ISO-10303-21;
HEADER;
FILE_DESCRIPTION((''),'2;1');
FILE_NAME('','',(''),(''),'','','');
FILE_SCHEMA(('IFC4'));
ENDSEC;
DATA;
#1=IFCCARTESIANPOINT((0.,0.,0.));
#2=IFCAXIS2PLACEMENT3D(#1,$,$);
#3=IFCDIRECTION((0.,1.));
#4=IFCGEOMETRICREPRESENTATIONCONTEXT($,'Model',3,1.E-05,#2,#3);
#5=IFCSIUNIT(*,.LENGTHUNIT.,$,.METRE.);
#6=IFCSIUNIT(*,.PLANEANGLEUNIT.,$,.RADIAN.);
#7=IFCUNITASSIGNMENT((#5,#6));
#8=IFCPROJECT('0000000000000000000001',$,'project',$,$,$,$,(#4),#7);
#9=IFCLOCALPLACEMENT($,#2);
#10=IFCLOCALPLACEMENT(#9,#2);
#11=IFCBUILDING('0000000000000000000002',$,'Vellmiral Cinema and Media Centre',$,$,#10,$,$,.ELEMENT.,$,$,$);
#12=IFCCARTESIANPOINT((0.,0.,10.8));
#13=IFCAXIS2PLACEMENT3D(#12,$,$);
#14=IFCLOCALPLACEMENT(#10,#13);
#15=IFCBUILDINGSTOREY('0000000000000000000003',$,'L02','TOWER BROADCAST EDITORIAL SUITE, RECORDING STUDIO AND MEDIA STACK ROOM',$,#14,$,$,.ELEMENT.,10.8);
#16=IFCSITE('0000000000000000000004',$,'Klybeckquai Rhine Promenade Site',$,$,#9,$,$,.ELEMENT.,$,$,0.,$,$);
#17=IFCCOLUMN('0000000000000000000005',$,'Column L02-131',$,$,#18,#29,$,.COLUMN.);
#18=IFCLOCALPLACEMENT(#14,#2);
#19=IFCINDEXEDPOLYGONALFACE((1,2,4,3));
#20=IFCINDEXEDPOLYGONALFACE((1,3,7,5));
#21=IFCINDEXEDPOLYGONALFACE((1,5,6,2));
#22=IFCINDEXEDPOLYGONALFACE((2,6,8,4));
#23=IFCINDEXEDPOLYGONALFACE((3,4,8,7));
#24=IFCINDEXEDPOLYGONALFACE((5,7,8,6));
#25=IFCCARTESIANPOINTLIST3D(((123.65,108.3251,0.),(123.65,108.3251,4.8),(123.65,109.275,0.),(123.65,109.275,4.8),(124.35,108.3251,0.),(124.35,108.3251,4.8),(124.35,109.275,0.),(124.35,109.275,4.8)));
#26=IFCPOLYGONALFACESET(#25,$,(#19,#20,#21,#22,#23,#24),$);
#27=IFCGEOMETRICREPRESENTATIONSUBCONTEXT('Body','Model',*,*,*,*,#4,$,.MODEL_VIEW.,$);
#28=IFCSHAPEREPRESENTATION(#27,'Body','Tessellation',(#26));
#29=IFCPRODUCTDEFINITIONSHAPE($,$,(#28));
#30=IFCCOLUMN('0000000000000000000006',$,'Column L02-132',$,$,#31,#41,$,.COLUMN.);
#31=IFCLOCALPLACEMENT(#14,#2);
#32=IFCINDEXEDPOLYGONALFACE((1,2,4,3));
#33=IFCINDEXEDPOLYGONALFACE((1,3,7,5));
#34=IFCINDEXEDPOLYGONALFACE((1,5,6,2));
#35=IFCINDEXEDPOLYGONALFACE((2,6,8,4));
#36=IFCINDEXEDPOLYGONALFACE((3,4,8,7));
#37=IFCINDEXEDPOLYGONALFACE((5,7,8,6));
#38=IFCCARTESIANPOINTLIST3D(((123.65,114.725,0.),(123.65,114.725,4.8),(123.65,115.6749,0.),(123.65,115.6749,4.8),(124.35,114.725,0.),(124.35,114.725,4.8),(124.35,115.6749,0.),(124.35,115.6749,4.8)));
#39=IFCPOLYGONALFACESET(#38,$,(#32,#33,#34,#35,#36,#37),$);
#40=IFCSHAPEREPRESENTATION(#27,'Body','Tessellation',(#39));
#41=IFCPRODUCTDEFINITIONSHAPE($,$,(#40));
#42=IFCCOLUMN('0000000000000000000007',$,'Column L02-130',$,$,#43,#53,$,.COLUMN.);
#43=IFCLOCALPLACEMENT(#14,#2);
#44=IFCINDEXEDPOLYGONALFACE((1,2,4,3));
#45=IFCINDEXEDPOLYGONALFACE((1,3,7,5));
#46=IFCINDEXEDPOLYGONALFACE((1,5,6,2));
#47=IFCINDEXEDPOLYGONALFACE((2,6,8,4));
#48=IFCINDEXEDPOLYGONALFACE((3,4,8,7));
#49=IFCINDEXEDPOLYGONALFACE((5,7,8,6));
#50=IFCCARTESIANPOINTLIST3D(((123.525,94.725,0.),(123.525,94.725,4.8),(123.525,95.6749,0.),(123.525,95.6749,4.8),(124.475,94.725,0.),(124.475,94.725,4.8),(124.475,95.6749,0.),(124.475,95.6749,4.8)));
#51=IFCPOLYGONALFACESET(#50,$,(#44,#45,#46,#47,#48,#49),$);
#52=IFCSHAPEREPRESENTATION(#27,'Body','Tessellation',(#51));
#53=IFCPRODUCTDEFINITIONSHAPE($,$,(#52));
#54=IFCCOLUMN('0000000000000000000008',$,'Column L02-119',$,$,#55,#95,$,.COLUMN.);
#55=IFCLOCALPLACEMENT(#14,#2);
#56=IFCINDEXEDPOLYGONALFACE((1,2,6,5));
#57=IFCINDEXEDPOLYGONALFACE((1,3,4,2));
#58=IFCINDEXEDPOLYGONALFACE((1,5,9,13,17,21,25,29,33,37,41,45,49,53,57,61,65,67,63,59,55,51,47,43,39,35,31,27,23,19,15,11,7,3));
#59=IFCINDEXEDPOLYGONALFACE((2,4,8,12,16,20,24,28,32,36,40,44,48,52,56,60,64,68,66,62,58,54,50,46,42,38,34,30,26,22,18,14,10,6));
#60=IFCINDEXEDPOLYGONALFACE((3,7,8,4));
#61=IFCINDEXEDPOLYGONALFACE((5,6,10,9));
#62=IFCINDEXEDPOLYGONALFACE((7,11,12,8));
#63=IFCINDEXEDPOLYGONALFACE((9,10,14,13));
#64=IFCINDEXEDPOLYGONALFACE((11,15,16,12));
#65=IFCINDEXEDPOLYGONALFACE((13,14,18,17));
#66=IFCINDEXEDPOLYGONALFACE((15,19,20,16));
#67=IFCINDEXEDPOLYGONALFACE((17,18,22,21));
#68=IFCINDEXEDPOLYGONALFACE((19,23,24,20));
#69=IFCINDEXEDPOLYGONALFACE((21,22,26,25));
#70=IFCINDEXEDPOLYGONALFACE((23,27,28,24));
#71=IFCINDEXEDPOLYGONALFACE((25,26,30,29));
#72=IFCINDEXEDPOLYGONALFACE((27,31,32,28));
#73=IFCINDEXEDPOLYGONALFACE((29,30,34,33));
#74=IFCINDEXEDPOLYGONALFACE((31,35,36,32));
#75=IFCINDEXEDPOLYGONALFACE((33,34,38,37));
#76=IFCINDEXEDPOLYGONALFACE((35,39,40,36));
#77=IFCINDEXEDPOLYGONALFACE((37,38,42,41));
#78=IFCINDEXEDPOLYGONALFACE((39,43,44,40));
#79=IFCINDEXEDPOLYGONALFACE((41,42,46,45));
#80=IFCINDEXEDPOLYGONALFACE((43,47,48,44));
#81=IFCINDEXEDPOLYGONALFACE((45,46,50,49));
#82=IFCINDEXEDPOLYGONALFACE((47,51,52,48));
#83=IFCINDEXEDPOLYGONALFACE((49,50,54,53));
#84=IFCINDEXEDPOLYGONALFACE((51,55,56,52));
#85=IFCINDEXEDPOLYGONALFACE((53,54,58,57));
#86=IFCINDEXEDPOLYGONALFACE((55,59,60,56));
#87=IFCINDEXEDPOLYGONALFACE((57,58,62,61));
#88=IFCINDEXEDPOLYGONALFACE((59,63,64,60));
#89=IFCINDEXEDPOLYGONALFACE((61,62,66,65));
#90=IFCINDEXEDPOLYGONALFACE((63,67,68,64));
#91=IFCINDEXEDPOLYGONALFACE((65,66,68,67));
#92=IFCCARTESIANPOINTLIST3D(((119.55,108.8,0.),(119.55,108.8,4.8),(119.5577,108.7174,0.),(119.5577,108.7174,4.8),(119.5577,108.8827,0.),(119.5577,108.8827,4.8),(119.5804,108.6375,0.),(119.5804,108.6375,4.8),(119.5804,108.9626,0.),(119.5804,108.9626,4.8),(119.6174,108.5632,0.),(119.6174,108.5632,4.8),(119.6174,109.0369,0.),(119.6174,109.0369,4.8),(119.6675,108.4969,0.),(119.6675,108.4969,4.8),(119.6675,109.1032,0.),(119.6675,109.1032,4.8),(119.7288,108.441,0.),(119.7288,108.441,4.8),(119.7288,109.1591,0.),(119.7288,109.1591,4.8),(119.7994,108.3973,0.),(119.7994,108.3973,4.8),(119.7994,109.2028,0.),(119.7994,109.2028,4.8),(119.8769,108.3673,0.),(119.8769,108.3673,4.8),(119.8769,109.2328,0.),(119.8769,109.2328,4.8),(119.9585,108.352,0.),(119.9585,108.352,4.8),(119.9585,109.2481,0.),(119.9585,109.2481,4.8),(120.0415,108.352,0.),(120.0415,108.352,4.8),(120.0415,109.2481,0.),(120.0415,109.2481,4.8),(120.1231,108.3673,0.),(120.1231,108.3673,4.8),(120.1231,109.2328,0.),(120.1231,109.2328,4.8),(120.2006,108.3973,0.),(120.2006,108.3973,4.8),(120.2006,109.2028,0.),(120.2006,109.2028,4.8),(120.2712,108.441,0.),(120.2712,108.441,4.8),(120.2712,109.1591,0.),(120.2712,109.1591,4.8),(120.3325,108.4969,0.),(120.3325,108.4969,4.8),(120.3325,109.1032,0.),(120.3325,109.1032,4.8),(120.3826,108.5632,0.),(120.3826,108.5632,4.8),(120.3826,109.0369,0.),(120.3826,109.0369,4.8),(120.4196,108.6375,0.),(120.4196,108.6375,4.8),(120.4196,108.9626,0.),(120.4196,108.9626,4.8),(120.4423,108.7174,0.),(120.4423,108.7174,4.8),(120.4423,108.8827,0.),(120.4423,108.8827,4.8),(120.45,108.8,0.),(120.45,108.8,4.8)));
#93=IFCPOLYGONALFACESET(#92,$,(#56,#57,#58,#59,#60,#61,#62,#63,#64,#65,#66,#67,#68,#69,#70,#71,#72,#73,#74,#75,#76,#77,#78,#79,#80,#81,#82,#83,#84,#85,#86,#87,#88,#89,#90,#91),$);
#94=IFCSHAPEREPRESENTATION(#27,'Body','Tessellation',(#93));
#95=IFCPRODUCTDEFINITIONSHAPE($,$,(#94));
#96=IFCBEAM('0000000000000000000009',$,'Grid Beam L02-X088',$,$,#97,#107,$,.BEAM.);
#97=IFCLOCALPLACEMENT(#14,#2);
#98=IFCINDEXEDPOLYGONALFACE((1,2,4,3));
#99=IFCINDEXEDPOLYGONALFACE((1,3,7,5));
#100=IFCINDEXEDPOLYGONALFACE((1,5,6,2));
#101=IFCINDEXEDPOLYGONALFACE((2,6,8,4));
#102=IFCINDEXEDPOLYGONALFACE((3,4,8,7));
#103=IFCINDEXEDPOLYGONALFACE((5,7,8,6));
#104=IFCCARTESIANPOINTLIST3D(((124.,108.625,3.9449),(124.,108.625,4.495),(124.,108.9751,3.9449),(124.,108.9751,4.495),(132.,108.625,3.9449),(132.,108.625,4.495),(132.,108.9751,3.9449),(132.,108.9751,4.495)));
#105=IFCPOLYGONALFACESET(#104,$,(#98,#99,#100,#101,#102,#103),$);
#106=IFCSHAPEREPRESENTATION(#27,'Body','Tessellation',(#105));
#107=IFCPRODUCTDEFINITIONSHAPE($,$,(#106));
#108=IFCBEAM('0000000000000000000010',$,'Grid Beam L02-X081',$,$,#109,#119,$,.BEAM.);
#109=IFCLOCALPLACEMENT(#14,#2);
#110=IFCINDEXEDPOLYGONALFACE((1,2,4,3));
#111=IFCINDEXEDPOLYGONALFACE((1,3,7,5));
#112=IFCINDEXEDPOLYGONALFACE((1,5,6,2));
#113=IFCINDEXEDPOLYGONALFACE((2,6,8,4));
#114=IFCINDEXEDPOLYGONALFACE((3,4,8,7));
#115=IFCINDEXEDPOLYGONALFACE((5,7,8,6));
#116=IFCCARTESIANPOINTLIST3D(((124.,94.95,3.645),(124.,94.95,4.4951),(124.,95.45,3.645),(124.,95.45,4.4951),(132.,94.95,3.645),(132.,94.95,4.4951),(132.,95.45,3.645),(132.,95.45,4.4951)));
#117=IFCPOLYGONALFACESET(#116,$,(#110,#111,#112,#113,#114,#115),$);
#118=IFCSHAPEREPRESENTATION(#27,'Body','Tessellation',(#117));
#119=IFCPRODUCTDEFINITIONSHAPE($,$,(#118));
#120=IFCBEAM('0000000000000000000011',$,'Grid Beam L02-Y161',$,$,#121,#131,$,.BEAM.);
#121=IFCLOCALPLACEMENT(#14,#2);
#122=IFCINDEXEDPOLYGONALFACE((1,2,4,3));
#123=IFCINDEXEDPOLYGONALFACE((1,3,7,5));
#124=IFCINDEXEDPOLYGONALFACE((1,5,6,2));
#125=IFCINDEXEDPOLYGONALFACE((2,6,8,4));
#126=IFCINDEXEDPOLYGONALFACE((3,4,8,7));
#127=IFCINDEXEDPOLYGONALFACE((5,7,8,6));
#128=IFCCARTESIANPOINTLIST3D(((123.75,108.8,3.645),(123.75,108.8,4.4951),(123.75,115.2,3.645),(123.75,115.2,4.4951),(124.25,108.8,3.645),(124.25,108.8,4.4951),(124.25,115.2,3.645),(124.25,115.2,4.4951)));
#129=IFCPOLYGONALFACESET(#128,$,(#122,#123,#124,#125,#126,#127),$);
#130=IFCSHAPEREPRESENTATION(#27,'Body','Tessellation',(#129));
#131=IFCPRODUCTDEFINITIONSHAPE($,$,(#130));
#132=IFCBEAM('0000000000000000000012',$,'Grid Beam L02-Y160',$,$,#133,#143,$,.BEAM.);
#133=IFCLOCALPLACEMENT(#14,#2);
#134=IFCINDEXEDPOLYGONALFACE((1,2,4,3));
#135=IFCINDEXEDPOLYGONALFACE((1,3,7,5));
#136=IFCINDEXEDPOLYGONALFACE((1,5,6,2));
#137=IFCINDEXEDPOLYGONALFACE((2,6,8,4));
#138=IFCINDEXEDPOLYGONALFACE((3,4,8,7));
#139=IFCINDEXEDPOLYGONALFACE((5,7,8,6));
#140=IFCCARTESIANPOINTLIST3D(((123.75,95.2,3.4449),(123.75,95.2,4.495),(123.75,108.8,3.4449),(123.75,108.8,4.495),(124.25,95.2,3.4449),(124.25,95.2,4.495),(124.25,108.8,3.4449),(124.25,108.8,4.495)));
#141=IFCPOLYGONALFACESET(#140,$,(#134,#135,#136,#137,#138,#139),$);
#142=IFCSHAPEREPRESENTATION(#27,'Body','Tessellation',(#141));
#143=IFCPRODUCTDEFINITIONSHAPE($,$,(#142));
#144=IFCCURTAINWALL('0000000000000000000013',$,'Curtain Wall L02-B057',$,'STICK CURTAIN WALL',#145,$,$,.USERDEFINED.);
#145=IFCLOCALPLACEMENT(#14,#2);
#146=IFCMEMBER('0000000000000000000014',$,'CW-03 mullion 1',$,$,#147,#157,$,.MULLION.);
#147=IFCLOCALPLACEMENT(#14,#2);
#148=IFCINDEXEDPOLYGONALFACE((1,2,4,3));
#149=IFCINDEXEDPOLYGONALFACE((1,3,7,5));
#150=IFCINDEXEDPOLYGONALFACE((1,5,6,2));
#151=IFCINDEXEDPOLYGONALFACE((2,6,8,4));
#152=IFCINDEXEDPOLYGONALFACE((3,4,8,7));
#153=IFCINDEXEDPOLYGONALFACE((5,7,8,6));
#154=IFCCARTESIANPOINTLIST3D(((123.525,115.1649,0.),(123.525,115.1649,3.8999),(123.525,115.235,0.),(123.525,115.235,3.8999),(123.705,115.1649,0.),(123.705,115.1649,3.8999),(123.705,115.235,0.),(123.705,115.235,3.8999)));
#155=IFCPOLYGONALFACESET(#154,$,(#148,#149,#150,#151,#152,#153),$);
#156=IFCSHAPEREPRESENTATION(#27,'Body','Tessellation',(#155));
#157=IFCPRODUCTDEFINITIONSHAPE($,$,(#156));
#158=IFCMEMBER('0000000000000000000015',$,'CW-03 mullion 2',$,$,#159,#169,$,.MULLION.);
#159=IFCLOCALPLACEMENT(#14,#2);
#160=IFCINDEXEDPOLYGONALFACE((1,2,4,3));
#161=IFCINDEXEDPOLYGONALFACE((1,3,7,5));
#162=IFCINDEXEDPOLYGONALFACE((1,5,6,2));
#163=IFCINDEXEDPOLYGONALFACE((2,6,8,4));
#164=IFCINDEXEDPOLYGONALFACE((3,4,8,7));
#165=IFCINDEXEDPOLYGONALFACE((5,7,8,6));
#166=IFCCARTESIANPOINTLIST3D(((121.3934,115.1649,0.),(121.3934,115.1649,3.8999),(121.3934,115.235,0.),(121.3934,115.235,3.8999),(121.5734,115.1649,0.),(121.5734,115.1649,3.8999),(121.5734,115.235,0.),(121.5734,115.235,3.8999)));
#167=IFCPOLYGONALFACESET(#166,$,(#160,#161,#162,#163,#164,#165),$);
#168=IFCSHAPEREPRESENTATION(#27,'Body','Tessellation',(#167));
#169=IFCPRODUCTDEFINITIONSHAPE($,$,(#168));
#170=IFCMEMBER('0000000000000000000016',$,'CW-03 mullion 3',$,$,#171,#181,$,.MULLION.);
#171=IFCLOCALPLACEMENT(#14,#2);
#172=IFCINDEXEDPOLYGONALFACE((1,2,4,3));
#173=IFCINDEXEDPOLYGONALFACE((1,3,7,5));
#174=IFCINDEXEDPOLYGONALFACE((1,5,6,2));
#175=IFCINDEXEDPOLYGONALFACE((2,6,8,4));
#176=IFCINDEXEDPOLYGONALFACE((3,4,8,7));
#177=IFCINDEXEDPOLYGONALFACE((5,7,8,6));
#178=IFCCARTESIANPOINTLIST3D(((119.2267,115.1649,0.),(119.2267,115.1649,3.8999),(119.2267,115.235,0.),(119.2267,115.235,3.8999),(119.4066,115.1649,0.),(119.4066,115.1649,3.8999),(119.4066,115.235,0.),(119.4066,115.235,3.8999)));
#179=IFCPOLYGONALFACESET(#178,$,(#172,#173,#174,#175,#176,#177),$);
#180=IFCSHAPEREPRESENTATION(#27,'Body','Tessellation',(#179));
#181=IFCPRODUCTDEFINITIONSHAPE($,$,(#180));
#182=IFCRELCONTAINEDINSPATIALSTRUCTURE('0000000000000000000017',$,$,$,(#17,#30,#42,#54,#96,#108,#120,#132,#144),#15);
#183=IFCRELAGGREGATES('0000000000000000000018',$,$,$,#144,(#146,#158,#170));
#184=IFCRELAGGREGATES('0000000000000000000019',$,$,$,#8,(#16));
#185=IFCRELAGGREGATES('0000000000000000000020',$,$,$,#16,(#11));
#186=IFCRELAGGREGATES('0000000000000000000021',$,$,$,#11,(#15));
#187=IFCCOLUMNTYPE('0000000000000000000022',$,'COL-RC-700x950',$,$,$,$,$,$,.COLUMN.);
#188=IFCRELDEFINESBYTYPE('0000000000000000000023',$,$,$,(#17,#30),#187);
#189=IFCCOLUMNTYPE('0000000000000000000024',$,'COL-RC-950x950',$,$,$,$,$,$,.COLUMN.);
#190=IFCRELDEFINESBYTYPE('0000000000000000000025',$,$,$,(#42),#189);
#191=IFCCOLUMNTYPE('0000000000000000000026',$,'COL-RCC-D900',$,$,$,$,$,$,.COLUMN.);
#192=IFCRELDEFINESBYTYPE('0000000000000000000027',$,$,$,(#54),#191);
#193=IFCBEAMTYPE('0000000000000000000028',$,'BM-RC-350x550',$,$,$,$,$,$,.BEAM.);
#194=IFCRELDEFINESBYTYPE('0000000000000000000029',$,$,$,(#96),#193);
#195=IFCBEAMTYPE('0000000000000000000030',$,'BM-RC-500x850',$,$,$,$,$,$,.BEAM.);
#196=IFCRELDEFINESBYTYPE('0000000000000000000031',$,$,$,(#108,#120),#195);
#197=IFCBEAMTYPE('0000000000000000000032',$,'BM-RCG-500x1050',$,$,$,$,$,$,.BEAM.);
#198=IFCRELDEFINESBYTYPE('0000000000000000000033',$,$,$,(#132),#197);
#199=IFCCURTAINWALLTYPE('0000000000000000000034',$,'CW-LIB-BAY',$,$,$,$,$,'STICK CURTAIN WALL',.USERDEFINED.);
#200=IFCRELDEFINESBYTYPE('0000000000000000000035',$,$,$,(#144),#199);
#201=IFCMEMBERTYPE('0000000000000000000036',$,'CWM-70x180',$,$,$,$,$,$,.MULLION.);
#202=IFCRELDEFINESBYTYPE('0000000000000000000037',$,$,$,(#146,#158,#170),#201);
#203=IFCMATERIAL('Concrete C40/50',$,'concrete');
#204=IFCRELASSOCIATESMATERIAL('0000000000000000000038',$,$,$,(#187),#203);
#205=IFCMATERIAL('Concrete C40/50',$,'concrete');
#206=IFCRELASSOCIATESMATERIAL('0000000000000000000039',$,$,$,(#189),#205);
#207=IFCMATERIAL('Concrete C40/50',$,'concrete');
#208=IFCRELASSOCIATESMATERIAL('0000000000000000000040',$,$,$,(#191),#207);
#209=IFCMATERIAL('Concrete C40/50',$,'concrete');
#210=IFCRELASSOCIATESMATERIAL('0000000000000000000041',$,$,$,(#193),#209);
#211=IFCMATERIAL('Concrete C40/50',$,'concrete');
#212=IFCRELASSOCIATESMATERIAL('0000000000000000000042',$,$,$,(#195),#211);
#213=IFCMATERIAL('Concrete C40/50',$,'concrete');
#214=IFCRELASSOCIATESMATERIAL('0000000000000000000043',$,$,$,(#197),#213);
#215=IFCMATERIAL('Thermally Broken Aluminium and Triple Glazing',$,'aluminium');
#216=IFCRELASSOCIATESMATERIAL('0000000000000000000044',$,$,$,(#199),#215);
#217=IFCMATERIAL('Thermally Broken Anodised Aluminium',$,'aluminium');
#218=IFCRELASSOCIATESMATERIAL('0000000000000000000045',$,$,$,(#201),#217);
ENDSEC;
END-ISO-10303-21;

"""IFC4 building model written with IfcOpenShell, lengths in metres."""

from ifc_helpers import new_model, si_unit, direction, frame, origin, origin_2d, place, context, subcontext, project, spatial, rectangle, circle, extrude, material, material_profile, profile_set, type_object, element, aggregate, save


model = new_model("IFC4")

# Units and contexts
model_context = context("Model", 3, precision=1e-05, world=origin(), true_north=direction((0.0, 1.0)))
body_context = subcontext(model_context, "Body", "Model", "MODEL_VIEW")
ifc_project = project(units=[si_unit("LENGTHUNIT", "METRE"), si_unit("PLANEANGLEUNIT", "RADIAN")], contexts=[model_context])

# Site, building, storey
site_placement = place(None, origin())
site = spatial("IfcSite", under=ifc_project, at=site_placement, Name="Klybeckquai Rhine Promenade Site", CompositionType="ELEMENT", RefElevation=0.0)
building_placement = place(site_placement, origin())
building = spatial("IfcBuilding", under=site, at=building_placement, Name="Vellmiral Cinema and Media Centre", CompositionType="ELEMENT")
storey_placement = place(building_placement, frame((0.0, 0.0, 10.8)))
storey = spatial("IfcBuildingStorey", under=building, at=storey_placement, Name="L02", Description="TOWER BROADCAST EDITORIAL SUITE, RECORDING STUDIO AND MEDIA STACK ROOM", CompositionType="ELEMENT", Elevation=10.8)

# Columns
ifc_material_1 = material(Name="Concrete C40/50", Category="concrete")
ifc_material_profile_1 = material_profile(ifc_material_1, rectangle(XDim=0.7, YDim=0.95, at=origin_2d()), Name="RC 700x950")
ifc_profile_set_1 = profile_set([ifc_material_profile_1], Name="Concrete C40/50")
column_type_1 = type_object("IfcColumnType", Name="COL-RC-700x950", PredefinedType="COLUMN", material=ifc_profile_set_1)
for number, where, z_axis, x_axis, name in (
    (1, (124.0, 108.8, 0.0), (0.0, 0.0, 1.0), (1.0, 0.0, 0.0), "Column L02-131"),
    (2, (124.0, 115.2, 0.0), (0.0, 0.0, 1.0), (1.0, 0.0, 0.0), "Column L02-132"),
):
    element("IfcColumn", number, at=place(storey_placement, frame(where, z_axis=z_axis, x_axis=x_axis)), inside=storey, type_object=column_type_1, Name=name, PredefinedType="COLUMN", context=body_context, shape_type="SweptSolid", body=[
        extrude(rectangle(XDim=0.7, YDim=0.95, at=origin_2d()), origin(), (0.0, 0.0, 1.0), 4.8),
    ])
ifc_material_2 = material(Name="Concrete C40/50", Category="concrete")
ifc_material_profile_2 = material_profile(ifc_material_2, rectangle(XDim=0.95, YDim=0.95, at=origin_2d()), Name="RC 950x950")
ifc_profile_set_2 = profile_set([ifc_material_profile_2], Name="Concrete C40/50")
column_type_2 = type_object("IfcColumnType", Name="COL-RC-950x950", PredefinedType="COLUMN", material=ifc_profile_set_2)
column_1_placement = place(storey_placement, frame((124.0, 95.2, 0.0), z_axis=(0.0, 0.0, 1.0), x_axis=(1.0, 0.0, 0.0)))
element("IfcColumn", 3, at=column_1_placement, inside=storey, type_object=column_type_2, Name="Column L02-130", PredefinedType="COLUMN", context=body_context, shape_type="SweptSolid", body=[
    extrude(rectangle(XDim=0.95, YDim=0.95, at=origin_2d()), origin(), (0.0, 0.0, 1.0), 4.8),
])
ifc_material_3 = material(Name="Concrete C40/50", Category="concrete")
ifc_material_profile_3 = material_profile(ifc_material_3, circle(Radius=0.45, at=origin_2d()), Name="RC D900")
ifc_profile_set_3 = profile_set([ifc_material_profile_3], Name="Concrete C40/50")
column_type_3 = type_object("IfcColumnType", Name="COL-RCC-D900", PredefinedType="COLUMN", material=ifc_profile_set_3)
column_2_placement = place(storey_placement, frame((120.0, 108.8, 0.0), z_axis=(0.0, 0.0, 1.0), x_axis=(1.0, 0.0, 0.0)))
element("IfcColumn", 4, at=column_2_placement, inside=storey, type_object=column_type_3, Name="Column L02-119", PredefinedType="COLUMN", context=body_context, shape_type="SweptSolid", body=[
    extrude(circle(Radius=0.45, at=origin_2d()), origin(), (0.0, 0.0, 1.0), 4.8),
])

# Beams
ifc_material_4 = material(Name="Concrete C40/50", Category="concrete")
ifc_material_profile_4 = material_profile(ifc_material_4, rectangle(XDim=0.3501, YDim=0.55, at=origin_2d()), Name="RC 350x550")
ifc_profile_set_4 = profile_set([ifc_material_profile_4], Name="Concrete C40/50")
beam_type_1 = type_object("IfcBeamType", Name="BM-RC-350x550", PredefinedType="BEAM", material=ifc_profile_set_4)
beam_1_placement = place(storey_placement, frame((124.0, 108.8, 4.22), z_axis=(1.0, 0.0, 0.0), x_axis=(0.0, 1.0, 0.0)))
element("IfcBeam", 5, at=beam_1_placement, inside=storey, type_object=beam_type_1, Name="Grid Beam L02-X088", PredefinedType="BEAM", context=body_context, shape_type="SweptSolid", body=[
    extrude(rectangle(XDim=0.3501, YDim=0.55, at=origin_2d()), origin(), (0.0, 0.0, 1.0), 8.0),
])
ifc_material_5 = material(Name="Concrete C40/50", Category="concrete")
ifc_material_profile_5 = material_profile(ifc_material_5, rectangle(XDim=0.5, YDim=0.8501, at=origin_2d()), Name="RC 500x850")
ifc_profile_set_5 = profile_set([ifc_material_profile_5], Name="Concrete C40/50")
beam_type_2 = type_object("IfcBeamType", Name="BM-RC-500x850", PredefinedType="BEAM", material=ifc_profile_set_5)
beam_2_placement = place(storey_placement, frame((124.0, 95.2, 4.0701), z_axis=(1.0, 0.0, 0.0), x_axis=(0.0, 1.0, 0.0)))
element("IfcBeam", 6, at=beam_2_placement, inside=storey, type_object=beam_type_2, Name="Grid Beam L02-X081", PredefinedType="BEAM", context=body_context, shape_type="SweptSolid", body=[
    extrude(rectangle(XDim=0.5, YDim=0.8501, at=origin_2d()), origin(), (0.0, 0.0, 1.0), 8.0),
])
beam_3_placement = place(storey_placement, frame((124.0, 108.8, 4.0701), z_axis=(0.0, 1.0, 0.0), x_axis=(-1.0, 0.0, 0.0)))
element("IfcBeam", 7, at=beam_3_placement, inside=storey, type_object=beam_type_2, Name="Grid Beam L02-Y161", PredefinedType="BEAM", context=body_context, shape_type="SweptSolid", body=[
    extrude(rectangle(XDim=0.5, YDim=0.8501, at=origin_2d()), origin(), (0.0, 0.0, 1.0), 6.3999),
])
ifc_material_6 = material(Name="Concrete C40/50", Category="concrete")
ifc_material_profile_6 = material_profile(ifc_material_6, rectangle(XDim=0.5, YDim=1.05, at=origin_2d()), Name="RC 500x1050")
ifc_profile_set_6 = profile_set([ifc_material_profile_6], Name="Concrete C40/50")
beam_type_3 = type_object("IfcBeamType", Name="BM-RCG-500x1050", PredefinedType="BEAM", material=ifc_profile_set_6)
beam_4_placement = place(storey_placement, frame((124.0, 95.2, 3.97), z_axis=(0.0, 1.0, 0.0), x_axis=(-1.0, 0.0, 0.0)))
element("IfcBeam", 8, at=beam_4_placement, inside=storey, type_object=beam_type_3, Name="Grid Beam L02-Y160", PredefinedType="BEAM", context=body_context, shape_type="SweptSolid", body=[
    extrude(rectangle(XDim=0.5, YDim=1.05, at=origin_2d()), origin(), (0.0, 0.0, 1.0), 13.6001),
])

# Curtain wall, members
ifc_material_7 = material(Name="Thermally Broken Aluminium and Triple Glazing", Category="aluminium")
curtain_wall_type = type_object("IfcCurtainWallType", Name="CW-LIB-BAY", ElementType="STICK CURTAIN WALL", PredefinedType="USERDEFINED", material=ifc_material_7)
curtain_wall_placement = place(storey_placement, origin())
curtain_wall = element("IfcCurtainWall", 9, at=curtain_wall_placement, inside=storey, type_object=curtain_wall_type, Name="Curtain Wall L02-B057", ObjectType="STICK CURTAIN WALL", PredefinedType="USERDEFINED")
ifc_material_8 = material(Name="Thermally Broken Anodised Aluminium", Category="aluminium")
ifc_material_profile_7 = material_profile(ifc_material_8, rectangle(XDim=0.0701, YDim=0.1799, at=origin_2d()), Name="MULL 70x180")
ifc_profile_set_7 = profile_set([ifc_material_profile_7], Name="Thermally Broken Anodised Aluminium")
member_type_1 = type_object("IfcMemberType", Name="CWM-70x180", PredefinedType="MULLION", material=ifc_profile_set_7)
member_1_placement = place(storey_placement, frame((123.615, 115.2, 0.0), z_axis=(0.0, 0.0, 1.0), x_axis=(0.0, -1.0, 0.0)))
member_1 = element("IfcMember", 10, at=member_1_placement, type_object=member_type_1, Name="CW-03 mullion 1", PredefinedType="MULLION", context=body_context, shape_type="SweptSolid", body=[
    extrude(rectangle(XDim=0.0701, YDim=0.1799, at=origin_2d()), origin(), (0.0, 0.0, 1.0), 3.8999),
])
member_2_placement = place(storey_placement, frame((121.4834, 115.2, 0.0), z_axis=(0.0, 0.0, 1.0), x_axis=(0.0, -1.0, 0.0)))
member_2 = element("IfcMember", 11, at=member_2_placement, type_object=member_type_1, Name="CW-03 mullion 2", PredefinedType="MULLION", context=body_context, shape_type="SweptSolid", body=[
    extrude(rectangle(XDim=0.0701, YDim=0.1799, at=origin_2d()), origin(), (0.0, 0.0, 1.0), 3.8999),
])
member_3_placement = place(storey_placement, frame((119.3167, 115.2, 0.0), z_axis=(0.0, 0.0, 1.0), x_axis=(0.0, -1.0, 0.0)))
member_3 = element("IfcMember", 12, at=member_3_placement, type_object=member_type_1, Name="CW-03 mullion 3", PredefinedType="MULLION", context=body_context, shape_type="SweptSolid", body=[
    extrude(rectangle(XDim=0.0701, YDim=0.1799, at=origin_2d()), origin(), (0.0, 0.0, 1.0), 3.8999),
])
aggregate(curtain_wall, [member_1, member_2, member_3])

save(model, "model.ifc")
